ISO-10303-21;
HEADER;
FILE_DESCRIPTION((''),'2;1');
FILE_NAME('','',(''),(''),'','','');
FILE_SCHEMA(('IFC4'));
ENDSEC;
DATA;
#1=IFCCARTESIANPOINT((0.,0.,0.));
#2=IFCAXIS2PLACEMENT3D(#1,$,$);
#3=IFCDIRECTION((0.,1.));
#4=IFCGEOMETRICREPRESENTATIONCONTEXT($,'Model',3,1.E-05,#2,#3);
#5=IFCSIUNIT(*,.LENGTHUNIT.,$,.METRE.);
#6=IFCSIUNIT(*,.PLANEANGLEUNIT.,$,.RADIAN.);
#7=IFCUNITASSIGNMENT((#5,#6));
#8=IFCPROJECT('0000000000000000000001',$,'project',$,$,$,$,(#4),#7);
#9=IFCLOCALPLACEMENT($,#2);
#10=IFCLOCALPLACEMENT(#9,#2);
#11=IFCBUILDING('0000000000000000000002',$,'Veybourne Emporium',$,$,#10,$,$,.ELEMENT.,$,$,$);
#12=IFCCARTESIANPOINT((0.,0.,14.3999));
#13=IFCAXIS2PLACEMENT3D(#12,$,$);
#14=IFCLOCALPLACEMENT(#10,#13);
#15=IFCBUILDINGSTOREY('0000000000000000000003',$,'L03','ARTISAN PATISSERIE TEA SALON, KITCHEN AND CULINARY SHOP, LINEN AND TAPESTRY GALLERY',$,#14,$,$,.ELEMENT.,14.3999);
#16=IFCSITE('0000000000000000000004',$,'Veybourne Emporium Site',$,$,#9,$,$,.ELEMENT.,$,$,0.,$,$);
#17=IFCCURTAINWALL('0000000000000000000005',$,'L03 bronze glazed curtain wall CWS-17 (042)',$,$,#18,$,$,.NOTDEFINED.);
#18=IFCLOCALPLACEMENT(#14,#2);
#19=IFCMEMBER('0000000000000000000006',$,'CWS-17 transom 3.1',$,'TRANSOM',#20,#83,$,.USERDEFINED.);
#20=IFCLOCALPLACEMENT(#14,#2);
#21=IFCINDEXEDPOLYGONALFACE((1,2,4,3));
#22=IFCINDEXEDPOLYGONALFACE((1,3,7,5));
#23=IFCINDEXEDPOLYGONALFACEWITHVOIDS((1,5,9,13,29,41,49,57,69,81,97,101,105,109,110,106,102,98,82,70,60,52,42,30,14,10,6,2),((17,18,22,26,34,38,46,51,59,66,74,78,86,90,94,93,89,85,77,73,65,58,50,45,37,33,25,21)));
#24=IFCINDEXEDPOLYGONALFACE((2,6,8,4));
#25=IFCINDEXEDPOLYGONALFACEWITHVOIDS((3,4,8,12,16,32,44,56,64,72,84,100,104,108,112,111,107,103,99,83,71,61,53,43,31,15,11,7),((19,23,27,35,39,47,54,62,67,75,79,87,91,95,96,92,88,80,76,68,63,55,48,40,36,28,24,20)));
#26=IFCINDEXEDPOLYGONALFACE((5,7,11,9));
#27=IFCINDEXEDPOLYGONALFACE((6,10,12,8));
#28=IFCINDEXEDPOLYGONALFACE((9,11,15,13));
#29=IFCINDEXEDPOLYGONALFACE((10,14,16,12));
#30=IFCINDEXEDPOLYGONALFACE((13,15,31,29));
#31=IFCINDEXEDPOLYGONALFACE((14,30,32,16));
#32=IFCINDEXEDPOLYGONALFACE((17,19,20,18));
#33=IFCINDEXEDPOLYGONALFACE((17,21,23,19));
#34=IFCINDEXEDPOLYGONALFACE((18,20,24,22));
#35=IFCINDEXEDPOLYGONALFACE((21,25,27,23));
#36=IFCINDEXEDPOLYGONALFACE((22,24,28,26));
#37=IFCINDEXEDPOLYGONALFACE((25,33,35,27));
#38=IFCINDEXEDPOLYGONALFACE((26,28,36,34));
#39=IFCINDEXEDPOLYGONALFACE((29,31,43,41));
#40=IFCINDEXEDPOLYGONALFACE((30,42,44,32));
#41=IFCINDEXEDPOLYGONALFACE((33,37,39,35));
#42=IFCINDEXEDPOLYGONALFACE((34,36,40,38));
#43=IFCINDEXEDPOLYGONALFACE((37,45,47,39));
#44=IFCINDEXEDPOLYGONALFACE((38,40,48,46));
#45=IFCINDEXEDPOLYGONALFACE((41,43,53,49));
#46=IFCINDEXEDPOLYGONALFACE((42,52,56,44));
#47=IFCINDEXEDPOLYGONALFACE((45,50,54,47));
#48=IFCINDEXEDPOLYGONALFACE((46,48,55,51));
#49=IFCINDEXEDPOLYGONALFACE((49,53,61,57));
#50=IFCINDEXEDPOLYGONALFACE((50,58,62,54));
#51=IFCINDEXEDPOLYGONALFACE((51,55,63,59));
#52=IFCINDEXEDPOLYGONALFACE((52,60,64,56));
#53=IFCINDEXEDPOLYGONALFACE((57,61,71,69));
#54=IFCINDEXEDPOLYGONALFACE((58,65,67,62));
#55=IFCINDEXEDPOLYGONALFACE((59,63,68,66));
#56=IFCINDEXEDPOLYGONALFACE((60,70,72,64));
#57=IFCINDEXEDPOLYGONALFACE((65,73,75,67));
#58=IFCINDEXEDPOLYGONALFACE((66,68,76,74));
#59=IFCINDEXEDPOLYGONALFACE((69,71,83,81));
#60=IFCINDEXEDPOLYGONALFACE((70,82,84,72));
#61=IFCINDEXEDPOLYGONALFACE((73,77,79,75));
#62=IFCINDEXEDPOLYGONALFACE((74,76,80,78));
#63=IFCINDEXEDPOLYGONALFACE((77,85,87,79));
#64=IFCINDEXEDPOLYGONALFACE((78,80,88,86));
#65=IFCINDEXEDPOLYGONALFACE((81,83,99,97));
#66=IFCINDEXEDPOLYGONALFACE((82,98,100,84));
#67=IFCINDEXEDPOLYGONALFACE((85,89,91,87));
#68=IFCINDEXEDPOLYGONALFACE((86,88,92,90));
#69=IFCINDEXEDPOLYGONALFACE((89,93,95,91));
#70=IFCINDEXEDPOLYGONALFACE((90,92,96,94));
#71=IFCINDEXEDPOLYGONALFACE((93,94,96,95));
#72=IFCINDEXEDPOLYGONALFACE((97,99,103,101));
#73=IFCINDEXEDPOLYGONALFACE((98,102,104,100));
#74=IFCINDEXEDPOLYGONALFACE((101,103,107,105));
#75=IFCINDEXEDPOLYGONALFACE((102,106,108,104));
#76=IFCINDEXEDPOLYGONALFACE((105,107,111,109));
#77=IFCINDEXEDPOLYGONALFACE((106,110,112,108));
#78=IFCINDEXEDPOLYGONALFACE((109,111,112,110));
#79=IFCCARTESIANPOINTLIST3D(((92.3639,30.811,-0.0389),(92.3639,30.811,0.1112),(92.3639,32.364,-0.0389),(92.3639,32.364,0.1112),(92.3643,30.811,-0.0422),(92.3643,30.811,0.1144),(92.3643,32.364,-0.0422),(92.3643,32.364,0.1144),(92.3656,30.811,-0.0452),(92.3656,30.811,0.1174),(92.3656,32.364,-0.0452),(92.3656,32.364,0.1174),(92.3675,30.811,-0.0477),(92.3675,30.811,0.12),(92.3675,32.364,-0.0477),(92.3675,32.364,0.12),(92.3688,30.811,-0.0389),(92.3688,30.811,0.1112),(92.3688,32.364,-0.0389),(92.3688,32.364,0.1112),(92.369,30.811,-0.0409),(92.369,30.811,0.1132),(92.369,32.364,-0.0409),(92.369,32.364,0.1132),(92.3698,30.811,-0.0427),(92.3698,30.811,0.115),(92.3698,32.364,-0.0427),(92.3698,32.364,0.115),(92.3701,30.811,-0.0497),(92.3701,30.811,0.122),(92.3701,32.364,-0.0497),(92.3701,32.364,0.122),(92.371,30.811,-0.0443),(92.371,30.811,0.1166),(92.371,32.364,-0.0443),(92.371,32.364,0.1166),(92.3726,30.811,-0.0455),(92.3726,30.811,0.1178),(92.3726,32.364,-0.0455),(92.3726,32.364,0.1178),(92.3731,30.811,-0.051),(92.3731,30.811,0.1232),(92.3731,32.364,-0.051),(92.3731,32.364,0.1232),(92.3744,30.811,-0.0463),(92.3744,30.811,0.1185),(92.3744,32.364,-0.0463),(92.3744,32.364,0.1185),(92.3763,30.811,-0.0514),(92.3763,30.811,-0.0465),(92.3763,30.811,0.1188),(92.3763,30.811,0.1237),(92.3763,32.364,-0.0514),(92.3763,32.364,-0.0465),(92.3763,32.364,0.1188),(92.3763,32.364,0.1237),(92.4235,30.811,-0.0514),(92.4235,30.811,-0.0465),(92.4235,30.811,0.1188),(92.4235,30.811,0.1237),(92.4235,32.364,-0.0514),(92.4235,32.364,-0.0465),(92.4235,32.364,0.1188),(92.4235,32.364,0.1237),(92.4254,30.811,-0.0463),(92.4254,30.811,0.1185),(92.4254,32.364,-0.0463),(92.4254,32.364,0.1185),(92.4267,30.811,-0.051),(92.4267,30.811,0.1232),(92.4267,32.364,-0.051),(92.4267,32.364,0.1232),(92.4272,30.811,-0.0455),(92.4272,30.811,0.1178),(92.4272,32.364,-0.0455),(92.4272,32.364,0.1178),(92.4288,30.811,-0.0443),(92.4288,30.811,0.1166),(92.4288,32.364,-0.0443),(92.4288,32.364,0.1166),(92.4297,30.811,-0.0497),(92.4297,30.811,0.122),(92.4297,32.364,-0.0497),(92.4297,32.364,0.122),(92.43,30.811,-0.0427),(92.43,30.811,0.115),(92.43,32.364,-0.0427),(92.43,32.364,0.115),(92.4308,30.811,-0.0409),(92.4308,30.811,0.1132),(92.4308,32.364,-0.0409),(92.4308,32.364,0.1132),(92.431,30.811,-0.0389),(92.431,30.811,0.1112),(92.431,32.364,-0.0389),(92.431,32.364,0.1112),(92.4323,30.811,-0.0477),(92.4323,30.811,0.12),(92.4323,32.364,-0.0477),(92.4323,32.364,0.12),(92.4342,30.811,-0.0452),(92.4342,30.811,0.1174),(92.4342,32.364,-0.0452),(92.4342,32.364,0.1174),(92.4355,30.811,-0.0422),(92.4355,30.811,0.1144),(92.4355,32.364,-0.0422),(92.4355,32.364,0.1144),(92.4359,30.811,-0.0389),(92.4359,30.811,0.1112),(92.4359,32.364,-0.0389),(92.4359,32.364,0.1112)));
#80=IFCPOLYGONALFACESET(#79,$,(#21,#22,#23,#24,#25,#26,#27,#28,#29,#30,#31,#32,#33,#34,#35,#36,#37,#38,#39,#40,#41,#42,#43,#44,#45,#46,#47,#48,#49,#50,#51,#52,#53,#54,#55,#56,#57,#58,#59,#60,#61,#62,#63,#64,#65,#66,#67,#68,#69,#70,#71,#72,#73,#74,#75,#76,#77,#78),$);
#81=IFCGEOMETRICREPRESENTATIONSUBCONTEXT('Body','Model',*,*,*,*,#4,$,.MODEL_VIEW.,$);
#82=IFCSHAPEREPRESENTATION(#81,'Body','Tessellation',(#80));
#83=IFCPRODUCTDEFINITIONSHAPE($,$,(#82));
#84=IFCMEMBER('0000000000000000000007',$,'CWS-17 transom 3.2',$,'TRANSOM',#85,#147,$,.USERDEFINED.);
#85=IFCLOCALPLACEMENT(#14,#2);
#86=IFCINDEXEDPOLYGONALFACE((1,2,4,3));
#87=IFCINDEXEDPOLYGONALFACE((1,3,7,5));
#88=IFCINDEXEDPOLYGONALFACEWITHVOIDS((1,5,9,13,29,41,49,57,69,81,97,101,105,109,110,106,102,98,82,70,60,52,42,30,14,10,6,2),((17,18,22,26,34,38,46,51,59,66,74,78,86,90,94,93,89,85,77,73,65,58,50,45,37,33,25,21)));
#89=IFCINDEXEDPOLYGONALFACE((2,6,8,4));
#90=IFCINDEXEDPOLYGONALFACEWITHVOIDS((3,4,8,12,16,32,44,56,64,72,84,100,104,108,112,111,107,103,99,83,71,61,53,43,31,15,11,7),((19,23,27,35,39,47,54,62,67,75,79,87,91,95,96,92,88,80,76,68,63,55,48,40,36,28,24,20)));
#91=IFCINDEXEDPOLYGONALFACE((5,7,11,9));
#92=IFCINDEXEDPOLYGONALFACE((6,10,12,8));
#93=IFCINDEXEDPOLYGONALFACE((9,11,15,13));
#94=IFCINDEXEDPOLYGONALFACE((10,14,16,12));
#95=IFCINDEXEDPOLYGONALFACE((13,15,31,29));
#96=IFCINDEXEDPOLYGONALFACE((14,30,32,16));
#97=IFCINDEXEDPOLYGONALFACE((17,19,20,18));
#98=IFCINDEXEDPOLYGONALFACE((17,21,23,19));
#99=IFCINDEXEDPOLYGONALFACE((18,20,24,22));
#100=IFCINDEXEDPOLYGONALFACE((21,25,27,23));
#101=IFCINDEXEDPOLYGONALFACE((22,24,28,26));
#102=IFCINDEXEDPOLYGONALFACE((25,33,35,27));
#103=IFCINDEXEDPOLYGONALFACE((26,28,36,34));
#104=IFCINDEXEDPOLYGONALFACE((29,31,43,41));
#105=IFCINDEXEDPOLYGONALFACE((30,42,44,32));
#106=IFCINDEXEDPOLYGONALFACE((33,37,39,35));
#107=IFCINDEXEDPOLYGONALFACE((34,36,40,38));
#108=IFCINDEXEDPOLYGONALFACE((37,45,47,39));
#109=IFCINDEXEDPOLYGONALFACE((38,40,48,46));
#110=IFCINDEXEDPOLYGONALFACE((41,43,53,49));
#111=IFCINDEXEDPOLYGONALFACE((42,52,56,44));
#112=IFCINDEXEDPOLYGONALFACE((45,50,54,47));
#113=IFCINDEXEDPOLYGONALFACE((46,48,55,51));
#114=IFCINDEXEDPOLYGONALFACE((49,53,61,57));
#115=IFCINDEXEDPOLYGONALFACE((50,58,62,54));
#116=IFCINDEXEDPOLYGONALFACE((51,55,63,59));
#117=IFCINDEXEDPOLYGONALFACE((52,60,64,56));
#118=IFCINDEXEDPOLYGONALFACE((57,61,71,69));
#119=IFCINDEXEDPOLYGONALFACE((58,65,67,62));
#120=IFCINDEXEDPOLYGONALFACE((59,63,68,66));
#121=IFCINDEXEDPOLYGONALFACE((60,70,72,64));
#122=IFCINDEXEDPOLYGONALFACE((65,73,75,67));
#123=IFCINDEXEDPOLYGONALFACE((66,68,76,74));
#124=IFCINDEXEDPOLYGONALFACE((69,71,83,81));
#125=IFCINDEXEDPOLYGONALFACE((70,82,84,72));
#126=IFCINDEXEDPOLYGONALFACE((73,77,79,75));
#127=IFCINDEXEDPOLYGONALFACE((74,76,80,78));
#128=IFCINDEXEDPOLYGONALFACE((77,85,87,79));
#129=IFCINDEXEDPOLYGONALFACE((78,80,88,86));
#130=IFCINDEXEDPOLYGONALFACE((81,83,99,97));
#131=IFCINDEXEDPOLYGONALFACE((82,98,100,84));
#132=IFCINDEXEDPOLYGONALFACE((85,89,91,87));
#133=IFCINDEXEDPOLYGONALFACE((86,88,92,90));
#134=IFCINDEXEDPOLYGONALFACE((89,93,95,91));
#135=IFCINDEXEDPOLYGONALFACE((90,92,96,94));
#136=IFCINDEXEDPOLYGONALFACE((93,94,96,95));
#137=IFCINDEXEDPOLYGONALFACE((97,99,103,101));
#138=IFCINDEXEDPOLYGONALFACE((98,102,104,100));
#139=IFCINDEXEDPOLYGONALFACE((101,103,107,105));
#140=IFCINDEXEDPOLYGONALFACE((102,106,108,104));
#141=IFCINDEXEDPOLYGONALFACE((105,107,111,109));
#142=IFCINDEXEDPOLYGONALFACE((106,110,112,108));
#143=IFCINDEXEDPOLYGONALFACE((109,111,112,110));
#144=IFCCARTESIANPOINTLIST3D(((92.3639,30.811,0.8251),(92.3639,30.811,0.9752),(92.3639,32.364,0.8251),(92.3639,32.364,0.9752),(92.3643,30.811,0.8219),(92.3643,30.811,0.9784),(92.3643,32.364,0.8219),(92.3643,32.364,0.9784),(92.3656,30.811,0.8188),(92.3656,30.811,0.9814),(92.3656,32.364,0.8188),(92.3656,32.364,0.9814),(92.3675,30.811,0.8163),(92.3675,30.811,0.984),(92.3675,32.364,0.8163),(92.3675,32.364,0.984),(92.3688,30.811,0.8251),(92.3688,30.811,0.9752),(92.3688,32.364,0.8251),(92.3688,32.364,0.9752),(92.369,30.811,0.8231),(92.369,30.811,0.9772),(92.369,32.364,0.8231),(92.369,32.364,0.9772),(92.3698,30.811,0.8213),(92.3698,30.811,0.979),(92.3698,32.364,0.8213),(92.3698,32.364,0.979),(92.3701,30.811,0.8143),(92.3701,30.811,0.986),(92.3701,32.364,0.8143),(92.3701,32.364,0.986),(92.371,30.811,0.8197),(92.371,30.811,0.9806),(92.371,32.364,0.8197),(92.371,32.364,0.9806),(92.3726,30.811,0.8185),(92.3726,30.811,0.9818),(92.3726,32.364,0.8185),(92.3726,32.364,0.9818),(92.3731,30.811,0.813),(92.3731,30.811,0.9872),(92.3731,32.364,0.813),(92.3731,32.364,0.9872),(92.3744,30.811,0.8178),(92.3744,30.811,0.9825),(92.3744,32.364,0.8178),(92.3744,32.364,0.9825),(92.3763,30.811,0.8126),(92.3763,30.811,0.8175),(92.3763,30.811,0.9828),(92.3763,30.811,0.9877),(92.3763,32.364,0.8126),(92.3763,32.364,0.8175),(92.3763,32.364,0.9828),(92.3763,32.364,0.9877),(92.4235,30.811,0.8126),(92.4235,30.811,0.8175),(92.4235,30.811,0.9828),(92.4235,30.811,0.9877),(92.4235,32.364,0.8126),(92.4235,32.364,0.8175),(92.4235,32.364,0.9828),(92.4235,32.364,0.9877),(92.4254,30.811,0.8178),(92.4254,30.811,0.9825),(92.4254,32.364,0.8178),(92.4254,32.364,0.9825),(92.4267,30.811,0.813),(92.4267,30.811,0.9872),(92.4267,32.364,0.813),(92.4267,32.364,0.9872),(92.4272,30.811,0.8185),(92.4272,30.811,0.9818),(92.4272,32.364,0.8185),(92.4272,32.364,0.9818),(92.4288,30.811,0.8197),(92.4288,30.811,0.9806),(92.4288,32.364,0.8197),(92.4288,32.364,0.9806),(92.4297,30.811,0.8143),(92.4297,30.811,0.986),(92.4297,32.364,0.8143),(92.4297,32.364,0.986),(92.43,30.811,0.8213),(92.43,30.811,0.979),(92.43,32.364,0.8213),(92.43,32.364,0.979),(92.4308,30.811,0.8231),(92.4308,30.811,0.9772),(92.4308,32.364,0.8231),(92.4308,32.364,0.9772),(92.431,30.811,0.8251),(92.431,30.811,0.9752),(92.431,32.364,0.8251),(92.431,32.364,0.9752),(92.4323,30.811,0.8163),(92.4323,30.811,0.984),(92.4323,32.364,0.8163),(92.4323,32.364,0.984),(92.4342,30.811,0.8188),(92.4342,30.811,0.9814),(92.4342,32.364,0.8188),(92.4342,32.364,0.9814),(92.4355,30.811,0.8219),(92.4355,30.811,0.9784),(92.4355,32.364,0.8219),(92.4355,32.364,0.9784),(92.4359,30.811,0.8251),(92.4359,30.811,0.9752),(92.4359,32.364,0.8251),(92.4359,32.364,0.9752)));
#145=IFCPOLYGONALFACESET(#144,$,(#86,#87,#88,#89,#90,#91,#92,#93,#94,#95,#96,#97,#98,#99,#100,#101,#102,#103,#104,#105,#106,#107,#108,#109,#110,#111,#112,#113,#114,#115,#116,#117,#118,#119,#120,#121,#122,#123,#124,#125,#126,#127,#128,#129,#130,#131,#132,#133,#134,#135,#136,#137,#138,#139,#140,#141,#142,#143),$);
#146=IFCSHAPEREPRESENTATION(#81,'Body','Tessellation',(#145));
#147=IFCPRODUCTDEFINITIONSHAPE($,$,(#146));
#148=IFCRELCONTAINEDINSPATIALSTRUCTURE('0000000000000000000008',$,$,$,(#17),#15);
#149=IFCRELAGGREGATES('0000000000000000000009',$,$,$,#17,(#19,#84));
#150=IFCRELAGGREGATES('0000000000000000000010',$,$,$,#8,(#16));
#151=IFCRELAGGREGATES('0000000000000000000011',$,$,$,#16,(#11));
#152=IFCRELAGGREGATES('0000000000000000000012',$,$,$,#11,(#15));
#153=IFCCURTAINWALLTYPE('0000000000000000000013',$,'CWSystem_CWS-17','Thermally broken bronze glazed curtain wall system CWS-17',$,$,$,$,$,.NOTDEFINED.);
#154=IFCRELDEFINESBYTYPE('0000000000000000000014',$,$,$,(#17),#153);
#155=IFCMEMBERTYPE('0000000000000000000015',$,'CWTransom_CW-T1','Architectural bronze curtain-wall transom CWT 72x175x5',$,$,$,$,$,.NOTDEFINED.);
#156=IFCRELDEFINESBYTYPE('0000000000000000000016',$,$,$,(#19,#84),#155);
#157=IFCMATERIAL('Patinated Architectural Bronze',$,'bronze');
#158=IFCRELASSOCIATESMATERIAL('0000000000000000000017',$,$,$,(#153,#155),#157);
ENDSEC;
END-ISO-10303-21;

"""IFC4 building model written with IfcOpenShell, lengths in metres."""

from ifc_helpers import new_model, si_unit, direction, frame, origin, origin_2d, place, context, subcontext, project, spatial, hollow_rectangle, extrude, material, material_profile, profile_set, type_object, element, aggregate, save


model = new_model("IFC4")

# Units and contexts
model_context = context("Model", 3, precision=1e-05, world=origin(), true_north=direction((0.0, 1.0)))
body_context = subcontext(model_context, "Body", "Model", "MODEL_VIEW")
ifc_project = project(units=[si_unit("LENGTHUNIT", "METRE"), si_unit("PLANEANGLEUNIT", "RADIAN")], contexts=[model_context])

# Site, building, storey
site_placement = place(None, origin())
site = spatial("IfcSite", under=ifc_project, at=site_placement, Name="Veybourne Emporium Site", CompositionType="ELEMENT", RefElevation=0.0)
building_placement = place(site_placement, origin())
building = spatial("IfcBuilding", under=site, at=building_placement, Name="Veybourne Emporium", CompositionType="ELEMENT")
storey_placement = place(building_placement, frame((0.0, 0.0, 14.3999)))
storey = spatial("IfcBuildingStorey", under=building, at=storey_placement, Name="L03", Description="ARTISAN PATISSERIE TEA SALON, KITCHEN AND CULINARY SHOP, LINEN AND TAPESTRY GALLERY", CompositionType="ELEMENT", Elevation=14.3999)

# Curtain wall, members
ifc_material_1 = material(Name="Patinated Architectural Bronze", Category="bronze")
curtain_wall_type = type_object("IfcCurtainWallType", Name="CWSystem_CWS-17", Description="Thermally broken bronze glazed curtain wall system CWS-17", PredefinedType="NOTDEFINED", material=ifc_material_1)
curtain_wall_placement = place(storey_placement, origin())
curtain_wall = element("IfcCurtainWall", 1, at=curtain_wall_placement, inside=storey, type_object=curtain_wall_type, Name="L03 bronze glazed curtain wall CWS-17 (042)", PredefinedType="NOTDEFINED")
ifc_material_profile_1 = material_profile(ifc_material_1, hollow_rectangle(XDim=0.072, YDim=0.175, WallThickness=0.0049, InnerFilletRadius=0.0076, OuterFilletRadius=0.0125, at=origin_2d()), Name="CWT 72x175x5")
ifc_profile_set_1 = profile_set([ifc_material_profile_1], Name="Patinated Architectural Bronze")
member_type_1 = type_object("IfcMemberType", Name="CWTransom_CW-T1", Description="Architectural bronze curtain-wall transom CWT 72x175x5", PredefinedType="NOTDEFINED", material=ifc_profile_set_1)
member_1_placement = place(storey_placement, frame((92.3999, 32.364, 0.0361), z_axis=(0.0, -1.0, 0.0), x_axis=(1.0, 0.0, 0.0)))
member_1 = element("IfcMember", 2, at=member_1_placement, type_object=member_type_1, Name="CWS-17 transom 3.1", ObjectType="TRANSOM", PredefinedType="USERDEFINED", context=body_context, shape_type="SweptSolid", body=[
    extrude(hollow_rectangle(XDim=0.072, YDim=0.175, WallThickness=0.0049, InnerFilletRadius=0.0076, OuterFilletRadius=0.0125, at=origin_2d()), origin(), (0.0, 0.0, 1.0), 1.553),
])
member_2_placement = place(storey_placement, frame((92.3999, 32.364, 0.9001), z_axis=(0.0, -1.0, 0.0), x_axis=(1.0, 0.0, 0.0)))
member_2 = element("IfcMember", 3, at=member_2_placement, type_object=member_type_1, Name="CWS-17 transom 3.2", ObjectType="TRANSOM", PredefinedType="USERDEFINED", context=body_context, shape_type="SweptSolid", body=[
    extrude(hollow_rectangle(XDim=0.072, YDim=0.175, WallThickness=0.0049, InnerFilletRadius=0.0076, OuterFilletRadius=0.0125, at=origin_2d()), origin(), (0.0, 0.0, 1.0), 1.553),
])

aggregate(curtain_wall, [member_1, member_2])

save(model, "model.ifc")
